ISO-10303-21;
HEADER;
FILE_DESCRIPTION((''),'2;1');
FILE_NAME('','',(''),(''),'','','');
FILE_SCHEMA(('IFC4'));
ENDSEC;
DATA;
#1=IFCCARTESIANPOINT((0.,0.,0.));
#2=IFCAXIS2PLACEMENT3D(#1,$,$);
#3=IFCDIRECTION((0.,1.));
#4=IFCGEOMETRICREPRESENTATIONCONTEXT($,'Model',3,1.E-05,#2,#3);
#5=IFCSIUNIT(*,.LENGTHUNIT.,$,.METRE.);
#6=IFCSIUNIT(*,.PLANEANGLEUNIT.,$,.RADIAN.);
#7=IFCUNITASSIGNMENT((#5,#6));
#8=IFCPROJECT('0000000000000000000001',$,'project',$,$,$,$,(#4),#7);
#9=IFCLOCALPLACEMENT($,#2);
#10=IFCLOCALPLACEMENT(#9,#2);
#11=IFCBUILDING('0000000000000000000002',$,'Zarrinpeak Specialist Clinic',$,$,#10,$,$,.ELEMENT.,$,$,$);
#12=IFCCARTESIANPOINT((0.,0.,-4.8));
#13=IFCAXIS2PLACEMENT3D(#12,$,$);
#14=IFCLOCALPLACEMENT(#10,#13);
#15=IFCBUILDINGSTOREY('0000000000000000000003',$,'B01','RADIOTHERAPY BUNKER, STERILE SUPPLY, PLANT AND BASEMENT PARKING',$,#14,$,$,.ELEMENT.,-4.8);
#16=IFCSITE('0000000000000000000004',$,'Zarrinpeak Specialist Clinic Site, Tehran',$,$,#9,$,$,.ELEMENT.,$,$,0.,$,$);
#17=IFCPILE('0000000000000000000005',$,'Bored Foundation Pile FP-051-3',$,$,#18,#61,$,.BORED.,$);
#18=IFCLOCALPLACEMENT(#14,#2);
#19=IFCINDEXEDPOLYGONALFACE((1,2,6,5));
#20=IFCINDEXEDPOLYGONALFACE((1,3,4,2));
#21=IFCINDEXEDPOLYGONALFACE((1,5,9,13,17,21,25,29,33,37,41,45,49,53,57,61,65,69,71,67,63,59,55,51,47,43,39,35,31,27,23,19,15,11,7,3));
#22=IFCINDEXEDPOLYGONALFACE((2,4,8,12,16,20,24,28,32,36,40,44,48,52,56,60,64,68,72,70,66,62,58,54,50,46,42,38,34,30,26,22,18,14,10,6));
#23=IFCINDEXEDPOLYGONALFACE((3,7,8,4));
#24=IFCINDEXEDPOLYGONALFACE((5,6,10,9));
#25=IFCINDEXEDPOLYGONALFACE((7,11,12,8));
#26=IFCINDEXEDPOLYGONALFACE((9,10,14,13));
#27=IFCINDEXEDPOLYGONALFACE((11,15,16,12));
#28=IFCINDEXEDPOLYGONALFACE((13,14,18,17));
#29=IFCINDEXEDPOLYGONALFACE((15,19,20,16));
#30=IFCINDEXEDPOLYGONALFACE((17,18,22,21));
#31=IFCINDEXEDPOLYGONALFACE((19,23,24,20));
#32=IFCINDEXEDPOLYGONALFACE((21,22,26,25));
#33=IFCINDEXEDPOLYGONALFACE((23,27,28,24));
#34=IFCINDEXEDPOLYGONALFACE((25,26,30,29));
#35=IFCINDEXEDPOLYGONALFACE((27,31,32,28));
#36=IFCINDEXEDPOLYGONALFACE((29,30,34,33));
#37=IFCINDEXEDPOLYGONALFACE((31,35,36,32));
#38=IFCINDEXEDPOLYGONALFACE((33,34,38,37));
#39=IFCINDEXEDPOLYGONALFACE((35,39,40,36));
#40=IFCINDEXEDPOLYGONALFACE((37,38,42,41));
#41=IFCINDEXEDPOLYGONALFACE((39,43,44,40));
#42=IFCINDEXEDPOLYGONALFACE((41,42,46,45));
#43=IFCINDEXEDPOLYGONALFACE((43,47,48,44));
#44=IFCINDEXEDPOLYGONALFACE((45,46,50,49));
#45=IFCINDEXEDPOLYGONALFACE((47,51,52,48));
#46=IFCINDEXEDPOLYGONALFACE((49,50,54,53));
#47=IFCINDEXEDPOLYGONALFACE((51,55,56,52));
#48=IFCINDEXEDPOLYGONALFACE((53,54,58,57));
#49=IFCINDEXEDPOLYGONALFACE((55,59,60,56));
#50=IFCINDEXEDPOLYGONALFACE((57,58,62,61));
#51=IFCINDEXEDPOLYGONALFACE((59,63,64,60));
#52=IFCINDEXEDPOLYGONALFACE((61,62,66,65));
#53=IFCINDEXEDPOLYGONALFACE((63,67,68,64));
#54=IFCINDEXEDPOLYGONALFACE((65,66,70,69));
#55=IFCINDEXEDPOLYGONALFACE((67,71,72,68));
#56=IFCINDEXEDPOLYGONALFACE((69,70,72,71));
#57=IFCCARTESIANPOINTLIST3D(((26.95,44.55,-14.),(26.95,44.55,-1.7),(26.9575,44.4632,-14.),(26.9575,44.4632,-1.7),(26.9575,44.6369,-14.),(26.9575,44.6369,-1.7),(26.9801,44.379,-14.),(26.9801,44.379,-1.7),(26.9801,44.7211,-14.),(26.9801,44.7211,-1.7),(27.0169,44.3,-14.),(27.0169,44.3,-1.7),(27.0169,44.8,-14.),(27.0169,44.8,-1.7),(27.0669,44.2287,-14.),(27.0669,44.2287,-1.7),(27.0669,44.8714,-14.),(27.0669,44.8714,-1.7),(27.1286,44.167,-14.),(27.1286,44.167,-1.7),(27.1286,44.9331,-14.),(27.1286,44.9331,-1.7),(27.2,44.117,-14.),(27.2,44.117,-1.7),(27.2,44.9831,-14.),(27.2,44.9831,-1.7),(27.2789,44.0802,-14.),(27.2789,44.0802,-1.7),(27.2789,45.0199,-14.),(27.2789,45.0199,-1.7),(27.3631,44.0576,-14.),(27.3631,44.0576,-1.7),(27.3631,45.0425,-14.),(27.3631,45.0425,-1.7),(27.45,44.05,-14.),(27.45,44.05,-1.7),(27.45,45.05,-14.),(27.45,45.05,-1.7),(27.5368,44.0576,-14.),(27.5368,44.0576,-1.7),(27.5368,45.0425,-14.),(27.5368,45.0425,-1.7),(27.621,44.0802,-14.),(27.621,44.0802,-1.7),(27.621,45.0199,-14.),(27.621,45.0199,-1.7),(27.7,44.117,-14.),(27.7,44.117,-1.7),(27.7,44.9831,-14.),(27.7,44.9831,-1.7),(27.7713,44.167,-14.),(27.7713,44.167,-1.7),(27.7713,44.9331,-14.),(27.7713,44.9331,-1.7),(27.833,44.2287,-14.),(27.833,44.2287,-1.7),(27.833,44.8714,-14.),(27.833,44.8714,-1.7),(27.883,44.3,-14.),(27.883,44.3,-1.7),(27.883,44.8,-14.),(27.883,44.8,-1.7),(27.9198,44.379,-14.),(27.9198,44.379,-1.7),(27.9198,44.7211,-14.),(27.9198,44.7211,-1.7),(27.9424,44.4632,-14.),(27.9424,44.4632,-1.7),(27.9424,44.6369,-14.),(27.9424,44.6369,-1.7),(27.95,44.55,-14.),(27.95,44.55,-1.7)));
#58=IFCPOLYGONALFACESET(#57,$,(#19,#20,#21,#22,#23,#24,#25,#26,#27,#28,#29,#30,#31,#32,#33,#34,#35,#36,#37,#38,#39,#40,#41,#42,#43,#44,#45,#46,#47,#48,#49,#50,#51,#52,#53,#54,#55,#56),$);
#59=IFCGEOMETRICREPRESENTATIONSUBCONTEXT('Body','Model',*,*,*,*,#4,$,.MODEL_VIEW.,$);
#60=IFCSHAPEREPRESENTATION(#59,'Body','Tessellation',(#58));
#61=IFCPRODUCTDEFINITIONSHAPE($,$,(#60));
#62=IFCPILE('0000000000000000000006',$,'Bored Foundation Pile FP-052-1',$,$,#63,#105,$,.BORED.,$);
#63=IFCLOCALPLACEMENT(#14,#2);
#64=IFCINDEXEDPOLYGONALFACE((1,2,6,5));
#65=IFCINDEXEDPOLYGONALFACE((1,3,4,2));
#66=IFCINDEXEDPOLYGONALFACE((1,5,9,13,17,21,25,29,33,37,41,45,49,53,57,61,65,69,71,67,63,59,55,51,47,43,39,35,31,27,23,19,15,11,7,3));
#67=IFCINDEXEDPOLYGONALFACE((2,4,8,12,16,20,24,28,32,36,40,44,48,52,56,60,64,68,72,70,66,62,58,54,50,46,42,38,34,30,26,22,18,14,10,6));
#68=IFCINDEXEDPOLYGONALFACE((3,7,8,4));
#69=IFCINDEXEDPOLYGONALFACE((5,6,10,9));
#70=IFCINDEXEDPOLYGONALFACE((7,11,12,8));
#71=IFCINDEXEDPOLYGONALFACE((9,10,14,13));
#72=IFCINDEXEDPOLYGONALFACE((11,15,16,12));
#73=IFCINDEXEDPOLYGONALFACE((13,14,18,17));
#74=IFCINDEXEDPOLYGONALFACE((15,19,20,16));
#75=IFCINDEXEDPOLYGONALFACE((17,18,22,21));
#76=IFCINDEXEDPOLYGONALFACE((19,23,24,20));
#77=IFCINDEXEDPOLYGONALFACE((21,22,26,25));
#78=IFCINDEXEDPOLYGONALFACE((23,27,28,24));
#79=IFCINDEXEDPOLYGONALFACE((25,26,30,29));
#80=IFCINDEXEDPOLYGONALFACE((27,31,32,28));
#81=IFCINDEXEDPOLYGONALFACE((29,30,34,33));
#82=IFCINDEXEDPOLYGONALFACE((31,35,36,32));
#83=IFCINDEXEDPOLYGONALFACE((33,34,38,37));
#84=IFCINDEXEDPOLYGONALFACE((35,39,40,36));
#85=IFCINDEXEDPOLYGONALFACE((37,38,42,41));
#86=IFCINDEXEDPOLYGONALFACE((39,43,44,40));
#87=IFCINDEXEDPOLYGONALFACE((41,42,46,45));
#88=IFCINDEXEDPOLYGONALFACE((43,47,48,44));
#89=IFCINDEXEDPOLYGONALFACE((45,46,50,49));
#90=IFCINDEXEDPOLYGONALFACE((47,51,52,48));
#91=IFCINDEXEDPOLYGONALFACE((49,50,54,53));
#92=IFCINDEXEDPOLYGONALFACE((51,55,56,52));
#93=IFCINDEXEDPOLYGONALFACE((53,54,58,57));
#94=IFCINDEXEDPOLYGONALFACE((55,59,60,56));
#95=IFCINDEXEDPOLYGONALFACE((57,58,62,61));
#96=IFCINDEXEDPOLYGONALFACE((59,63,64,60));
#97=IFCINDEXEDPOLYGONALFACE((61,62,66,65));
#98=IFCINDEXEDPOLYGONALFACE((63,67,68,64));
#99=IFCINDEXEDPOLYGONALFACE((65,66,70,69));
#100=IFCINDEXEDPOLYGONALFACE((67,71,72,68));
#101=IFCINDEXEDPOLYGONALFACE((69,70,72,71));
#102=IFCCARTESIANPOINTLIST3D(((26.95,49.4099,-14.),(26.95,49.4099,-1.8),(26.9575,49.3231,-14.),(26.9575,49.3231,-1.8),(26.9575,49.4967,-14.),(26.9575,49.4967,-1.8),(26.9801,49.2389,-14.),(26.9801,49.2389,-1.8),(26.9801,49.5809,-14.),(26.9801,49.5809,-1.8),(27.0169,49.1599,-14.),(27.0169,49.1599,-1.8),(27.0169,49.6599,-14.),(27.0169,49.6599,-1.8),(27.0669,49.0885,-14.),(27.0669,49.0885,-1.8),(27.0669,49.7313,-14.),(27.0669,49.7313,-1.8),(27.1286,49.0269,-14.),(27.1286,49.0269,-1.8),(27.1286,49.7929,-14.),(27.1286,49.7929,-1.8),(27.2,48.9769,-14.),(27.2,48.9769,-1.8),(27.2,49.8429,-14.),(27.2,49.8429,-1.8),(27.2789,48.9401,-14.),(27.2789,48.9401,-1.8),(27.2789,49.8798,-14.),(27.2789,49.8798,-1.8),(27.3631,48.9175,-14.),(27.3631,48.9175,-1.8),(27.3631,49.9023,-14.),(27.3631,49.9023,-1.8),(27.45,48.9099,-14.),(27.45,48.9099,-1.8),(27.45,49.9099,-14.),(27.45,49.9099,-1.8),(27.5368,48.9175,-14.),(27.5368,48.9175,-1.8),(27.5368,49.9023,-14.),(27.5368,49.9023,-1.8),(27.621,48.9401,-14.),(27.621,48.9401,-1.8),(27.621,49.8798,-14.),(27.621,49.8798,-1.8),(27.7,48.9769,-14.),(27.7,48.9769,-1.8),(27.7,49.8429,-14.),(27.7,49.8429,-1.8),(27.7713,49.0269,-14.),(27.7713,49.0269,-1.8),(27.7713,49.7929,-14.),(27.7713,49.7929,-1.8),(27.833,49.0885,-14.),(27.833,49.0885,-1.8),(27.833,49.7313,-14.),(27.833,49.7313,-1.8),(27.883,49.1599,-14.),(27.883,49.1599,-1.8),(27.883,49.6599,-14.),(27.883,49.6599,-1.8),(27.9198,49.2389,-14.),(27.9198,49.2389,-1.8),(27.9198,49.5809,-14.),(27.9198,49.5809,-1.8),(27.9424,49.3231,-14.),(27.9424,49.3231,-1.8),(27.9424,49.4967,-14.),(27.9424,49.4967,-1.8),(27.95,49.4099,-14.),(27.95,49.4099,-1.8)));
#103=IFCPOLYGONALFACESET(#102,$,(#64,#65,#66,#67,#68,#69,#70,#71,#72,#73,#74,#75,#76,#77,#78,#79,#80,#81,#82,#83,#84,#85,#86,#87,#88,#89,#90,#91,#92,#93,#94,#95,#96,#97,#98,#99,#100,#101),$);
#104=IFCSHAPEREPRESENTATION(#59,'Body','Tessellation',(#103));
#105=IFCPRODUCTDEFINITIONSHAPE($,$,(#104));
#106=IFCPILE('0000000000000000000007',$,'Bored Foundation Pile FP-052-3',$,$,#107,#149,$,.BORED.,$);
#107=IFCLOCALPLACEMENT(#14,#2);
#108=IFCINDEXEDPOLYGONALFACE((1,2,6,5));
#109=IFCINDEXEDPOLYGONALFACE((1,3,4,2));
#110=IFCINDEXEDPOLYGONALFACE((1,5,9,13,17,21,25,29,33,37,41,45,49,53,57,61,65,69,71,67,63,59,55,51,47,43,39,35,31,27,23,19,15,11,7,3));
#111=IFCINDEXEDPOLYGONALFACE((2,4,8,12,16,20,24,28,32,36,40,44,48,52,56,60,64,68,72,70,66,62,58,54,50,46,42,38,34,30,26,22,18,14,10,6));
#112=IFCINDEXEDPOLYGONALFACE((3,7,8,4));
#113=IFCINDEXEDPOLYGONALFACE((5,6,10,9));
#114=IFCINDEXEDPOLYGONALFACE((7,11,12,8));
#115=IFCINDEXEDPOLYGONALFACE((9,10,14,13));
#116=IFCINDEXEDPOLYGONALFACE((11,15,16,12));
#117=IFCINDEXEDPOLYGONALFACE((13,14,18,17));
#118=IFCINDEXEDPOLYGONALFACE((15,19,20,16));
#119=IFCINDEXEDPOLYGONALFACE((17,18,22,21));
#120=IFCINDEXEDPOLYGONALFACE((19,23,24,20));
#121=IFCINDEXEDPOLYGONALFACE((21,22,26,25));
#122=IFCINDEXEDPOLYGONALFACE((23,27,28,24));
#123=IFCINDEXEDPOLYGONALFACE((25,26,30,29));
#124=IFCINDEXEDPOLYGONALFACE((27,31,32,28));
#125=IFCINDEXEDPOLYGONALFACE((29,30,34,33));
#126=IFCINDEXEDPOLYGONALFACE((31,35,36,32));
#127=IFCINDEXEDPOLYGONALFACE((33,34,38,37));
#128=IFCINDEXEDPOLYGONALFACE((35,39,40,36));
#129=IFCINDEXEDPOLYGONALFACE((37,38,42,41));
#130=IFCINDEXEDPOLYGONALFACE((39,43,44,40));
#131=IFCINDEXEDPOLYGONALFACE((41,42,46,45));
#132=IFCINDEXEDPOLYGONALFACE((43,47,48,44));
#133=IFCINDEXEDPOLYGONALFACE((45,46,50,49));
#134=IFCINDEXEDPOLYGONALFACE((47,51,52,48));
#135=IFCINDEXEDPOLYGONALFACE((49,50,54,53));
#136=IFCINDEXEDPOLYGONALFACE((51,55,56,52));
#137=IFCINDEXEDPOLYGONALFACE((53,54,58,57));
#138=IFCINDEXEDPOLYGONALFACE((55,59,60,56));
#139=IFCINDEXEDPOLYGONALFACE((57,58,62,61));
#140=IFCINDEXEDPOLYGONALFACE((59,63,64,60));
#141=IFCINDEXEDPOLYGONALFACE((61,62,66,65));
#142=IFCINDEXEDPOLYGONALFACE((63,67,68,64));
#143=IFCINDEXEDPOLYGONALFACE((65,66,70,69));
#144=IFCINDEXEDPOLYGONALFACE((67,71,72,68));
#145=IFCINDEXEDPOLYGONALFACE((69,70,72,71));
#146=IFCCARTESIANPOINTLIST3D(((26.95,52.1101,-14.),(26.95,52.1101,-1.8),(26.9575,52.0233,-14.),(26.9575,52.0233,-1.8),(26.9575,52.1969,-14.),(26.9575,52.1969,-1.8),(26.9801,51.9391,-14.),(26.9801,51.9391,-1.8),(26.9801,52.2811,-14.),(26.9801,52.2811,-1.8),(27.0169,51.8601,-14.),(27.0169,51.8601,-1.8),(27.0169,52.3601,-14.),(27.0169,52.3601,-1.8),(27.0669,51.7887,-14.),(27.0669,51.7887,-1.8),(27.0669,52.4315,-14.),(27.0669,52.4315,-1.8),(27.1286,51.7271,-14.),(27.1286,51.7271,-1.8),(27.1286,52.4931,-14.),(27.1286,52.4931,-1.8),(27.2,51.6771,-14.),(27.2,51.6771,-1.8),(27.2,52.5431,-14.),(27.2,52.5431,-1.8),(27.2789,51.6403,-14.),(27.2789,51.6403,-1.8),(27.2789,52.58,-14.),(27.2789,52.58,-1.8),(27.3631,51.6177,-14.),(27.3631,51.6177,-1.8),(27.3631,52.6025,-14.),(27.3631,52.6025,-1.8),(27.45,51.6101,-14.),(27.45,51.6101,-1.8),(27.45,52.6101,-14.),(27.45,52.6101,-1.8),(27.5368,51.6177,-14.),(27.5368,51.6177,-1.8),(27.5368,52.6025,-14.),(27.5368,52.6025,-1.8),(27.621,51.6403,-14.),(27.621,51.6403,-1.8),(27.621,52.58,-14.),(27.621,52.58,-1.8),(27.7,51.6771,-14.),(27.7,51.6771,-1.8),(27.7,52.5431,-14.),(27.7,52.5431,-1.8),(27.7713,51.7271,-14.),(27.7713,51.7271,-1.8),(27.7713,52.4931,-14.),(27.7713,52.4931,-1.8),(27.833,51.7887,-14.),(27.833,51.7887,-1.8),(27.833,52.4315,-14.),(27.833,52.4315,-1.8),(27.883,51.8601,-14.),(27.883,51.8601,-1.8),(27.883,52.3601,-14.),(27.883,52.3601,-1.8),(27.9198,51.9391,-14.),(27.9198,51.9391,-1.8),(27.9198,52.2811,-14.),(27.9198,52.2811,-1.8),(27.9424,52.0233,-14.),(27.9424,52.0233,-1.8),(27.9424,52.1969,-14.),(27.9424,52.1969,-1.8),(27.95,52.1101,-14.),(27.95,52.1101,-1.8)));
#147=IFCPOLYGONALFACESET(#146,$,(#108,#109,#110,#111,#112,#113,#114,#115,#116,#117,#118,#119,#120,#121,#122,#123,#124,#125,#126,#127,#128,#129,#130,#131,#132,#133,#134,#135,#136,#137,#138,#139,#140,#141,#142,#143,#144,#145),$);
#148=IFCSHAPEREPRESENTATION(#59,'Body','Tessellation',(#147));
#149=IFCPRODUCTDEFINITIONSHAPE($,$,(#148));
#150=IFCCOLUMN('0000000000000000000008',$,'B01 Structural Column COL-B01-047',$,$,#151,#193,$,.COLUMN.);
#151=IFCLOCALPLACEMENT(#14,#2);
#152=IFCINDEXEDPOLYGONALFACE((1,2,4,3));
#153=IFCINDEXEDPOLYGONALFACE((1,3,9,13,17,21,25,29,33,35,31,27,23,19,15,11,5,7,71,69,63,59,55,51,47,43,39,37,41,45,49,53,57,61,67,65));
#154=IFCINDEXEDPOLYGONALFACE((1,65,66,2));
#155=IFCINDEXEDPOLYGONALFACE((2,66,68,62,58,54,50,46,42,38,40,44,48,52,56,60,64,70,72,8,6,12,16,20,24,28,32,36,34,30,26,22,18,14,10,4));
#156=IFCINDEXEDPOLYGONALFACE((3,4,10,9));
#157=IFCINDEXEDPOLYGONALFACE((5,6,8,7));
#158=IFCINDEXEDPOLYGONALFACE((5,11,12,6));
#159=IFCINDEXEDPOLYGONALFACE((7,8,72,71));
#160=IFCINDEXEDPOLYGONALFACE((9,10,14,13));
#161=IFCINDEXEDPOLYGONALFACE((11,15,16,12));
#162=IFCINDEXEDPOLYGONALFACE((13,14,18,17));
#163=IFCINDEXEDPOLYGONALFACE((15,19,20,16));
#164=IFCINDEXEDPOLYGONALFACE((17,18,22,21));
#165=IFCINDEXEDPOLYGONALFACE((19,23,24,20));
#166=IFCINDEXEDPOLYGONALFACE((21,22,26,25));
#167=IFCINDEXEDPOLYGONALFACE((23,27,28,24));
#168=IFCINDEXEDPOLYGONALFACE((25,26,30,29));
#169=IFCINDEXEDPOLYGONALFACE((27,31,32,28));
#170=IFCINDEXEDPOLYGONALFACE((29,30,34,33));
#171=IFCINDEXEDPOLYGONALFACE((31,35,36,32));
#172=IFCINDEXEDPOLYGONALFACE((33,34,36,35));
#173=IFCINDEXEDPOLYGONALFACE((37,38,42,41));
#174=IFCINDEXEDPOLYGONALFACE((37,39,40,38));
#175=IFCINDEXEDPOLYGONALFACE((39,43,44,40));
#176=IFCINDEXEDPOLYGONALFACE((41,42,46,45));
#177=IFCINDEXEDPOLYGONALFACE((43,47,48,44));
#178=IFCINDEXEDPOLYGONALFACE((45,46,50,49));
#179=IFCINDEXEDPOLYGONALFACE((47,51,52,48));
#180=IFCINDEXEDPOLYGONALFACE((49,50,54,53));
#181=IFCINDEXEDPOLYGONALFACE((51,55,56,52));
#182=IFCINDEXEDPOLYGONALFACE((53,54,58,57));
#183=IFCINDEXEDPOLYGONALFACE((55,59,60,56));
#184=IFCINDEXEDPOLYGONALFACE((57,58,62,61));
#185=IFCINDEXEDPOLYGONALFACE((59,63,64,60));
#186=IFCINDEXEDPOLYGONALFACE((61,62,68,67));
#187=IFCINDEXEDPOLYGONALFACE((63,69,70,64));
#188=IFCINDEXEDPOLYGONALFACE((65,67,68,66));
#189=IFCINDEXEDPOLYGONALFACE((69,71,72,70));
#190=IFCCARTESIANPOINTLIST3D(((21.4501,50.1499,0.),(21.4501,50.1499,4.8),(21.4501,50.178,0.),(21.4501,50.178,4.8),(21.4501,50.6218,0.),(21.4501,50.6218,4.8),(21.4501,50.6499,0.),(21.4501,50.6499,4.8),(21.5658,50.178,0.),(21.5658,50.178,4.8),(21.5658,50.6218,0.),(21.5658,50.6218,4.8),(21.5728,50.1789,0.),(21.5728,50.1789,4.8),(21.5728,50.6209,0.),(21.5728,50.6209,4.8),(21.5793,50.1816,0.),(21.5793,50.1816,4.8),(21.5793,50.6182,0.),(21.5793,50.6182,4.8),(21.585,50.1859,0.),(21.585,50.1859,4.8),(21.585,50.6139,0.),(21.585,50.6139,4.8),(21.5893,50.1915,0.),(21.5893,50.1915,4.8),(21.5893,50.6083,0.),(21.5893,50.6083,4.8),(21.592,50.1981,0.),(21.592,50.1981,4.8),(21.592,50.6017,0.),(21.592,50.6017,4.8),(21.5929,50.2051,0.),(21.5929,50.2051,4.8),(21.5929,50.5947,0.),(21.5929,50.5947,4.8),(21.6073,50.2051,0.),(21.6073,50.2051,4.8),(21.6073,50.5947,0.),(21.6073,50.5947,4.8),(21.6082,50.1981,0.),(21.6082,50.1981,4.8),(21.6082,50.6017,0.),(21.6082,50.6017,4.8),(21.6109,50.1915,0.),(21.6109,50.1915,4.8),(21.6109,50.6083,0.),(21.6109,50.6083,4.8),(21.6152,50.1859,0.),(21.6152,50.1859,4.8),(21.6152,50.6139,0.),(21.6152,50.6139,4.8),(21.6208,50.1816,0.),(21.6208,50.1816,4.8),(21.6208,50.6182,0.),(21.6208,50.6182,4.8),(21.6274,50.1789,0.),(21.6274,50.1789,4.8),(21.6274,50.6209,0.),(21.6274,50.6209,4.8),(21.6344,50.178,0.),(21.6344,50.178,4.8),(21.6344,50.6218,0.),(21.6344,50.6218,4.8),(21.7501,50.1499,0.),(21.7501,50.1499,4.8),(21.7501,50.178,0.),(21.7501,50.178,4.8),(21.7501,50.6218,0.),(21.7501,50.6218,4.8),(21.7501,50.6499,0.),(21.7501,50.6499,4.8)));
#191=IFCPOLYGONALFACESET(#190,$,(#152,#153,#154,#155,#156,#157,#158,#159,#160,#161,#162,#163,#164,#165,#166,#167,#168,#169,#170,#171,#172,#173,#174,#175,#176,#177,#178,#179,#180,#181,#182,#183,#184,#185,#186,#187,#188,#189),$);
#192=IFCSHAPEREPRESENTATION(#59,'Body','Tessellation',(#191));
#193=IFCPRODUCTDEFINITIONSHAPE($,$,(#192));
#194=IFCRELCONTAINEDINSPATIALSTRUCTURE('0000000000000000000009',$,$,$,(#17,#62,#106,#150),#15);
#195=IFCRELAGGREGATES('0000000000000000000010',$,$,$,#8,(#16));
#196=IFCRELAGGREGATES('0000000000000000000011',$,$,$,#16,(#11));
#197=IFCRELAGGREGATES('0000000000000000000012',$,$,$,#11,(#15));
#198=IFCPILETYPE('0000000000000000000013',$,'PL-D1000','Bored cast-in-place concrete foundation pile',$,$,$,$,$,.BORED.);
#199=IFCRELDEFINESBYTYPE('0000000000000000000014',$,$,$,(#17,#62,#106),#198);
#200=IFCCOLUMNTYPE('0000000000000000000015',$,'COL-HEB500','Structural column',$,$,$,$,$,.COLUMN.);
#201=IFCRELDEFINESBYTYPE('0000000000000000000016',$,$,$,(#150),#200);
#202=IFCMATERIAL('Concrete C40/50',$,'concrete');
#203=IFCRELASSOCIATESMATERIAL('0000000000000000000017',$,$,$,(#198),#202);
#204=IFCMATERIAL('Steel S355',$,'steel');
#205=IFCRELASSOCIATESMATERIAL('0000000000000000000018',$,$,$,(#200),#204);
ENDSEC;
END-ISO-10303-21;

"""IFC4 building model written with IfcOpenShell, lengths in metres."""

from ifc_helpers import new_model, si_unit, direction, frame, origin, origin_2d, place, context, subcontext, project, spatial, circle, i_section, extrude, material, material_profile, profile_set, type_object, element, save


model = new_model("IFC4")

# Units and contexts
model_context = context("Model", 3, precision=1e-05, world=origin(), true_north=direction((0.0, 1.0)))
body_context = subcontext(model_context, "Body", "Model", "MODEL_VIEW")
ifc_project = project(units=[si_unit("LENGTHUNIT", "METRE"), si_unit("PLANEANGLEUNIT", "RADIAN")], contexts=[model_context])

# Site, building, storey
site_placement = place(None, origin())
site = spatial("IfcSite", under=ifc_project, at=site_placement, Name="Zarrinpeak Specialist Clinic Site, Tehran", CompositionType="ELEMENT", RefElevation=0.0)
building_placement = place(site_placement, origin())
building = spatial("IfcBuilding", under=site, at=building_placement, Name="Zarrinpeak Specialist Clinic", CompositionType="ELEMENT")
storey_placement = place(building_placement, frame((0.0, 0.0, -4.8)))
storey = spatial("IfcBuildingStorey", under=building, at=storey_placement, Name="B01", Description="RADIOTHERAPY BUNKER, STERILE SUPPLY, PLANT AND BASEMENT PARKING", CompositionType="ELEMENT", Elevation=-4.8)

# Shared definitions
ifc_material_1 = material(Name="Concrete C40/50", Category="concrete")

# Piles
ifc_material_profile_1 = material_profile(ifc_material_1, circle(Radius=0.5, at=origin_2d()), Name="BORED PILE D1000")
ifc_profile_set_1 = profile_set([ifc_material_profile_1], Name="Concrete C40/50")
pile_type = type_object("IfcPileType", Name="PL-D1000", Description="Bored cast-in-place concrete foundation pile", PredefinedType="BORED", material=ifc_profile_set_1)
pile_1_placement = place(storey_placement, frame((27.45, 44.55, -1.7), z_axis=(0.0, 0.0, -1.0), x_axis=(1.0, 0.0, 0.0)))
element("IfcPile", 1, at=pile_1_placement, inside=storey, type_object=pile_type, Name="Bored Foundation Pile FP-051-3", PredefinedType="BORED", context=body_context, shape_type="SweptSolid", body=[
    extrude(circle(Radius=0.5, at=origin_2d()), origin(), (0.0, 0.0, 1.0), 12.3),
])
for number, where, z_axis, x_axis, name in (
    (2, (27.45, 49.4099, -1.8), (0.0, 0.0, -1.0), (1.0, 0.0, 0.0), "Bored Foundation Pile FP-052-1"),
    (3, (27.45, 52.1101, -1.8), (0.0, 0.0, -1.0), (1.0, 0.0, 0.0), "Bored Foundation Pile FP-052-3"),
):
    element("IfcPile", number, at=place(storey_placement, frame(where, z_axis=z_axis, x_axis=x_axis)), inside=storey, type_object=pile_type, Name=name, PredefinedType="BORED", context=body_context, shape_type="SweptSolid", body=[
        extrude(circle(Radius=0.5, at=origin_2d()), origin(), (0.0, 0.0, 1.0), 12.2),
    ])

# Column
ifc_material_2 = material(Name="Steel S355", Category="steel")
ifc_material_profile_2 = material_profile(ifc_material_2, i_section(OverallWidth=0.3, OverallDepth=0.5, WebThickness=0.0144, FlangeThickness=0.0281, FilletRadius=0.0271, at=origin_2d()), Name="HEB 500")
ifc_profile_set_2 = profile_set([ifc_material_profile_2], Name="Steel S355")
column_type_1 = type_object("IfcColumnType", Name="COL-HEB500", Description="Structural column", PredefinedType="COLUMN", material=ifc_profile_set_2)
for number, where, z_axis, x_axis, name in (
    (4, (21.6001, 50.3999, 0.0), (0.0, 0.0, 1.0), (1.0, 0.0, 0.0), "B01 Structural Column COL-B01-047"),
):
    element("IfcColumn", number, at=place(storey_placement, frame(where, z_axis=z_axis, x_axis=x_axis)), inside=storey, type_object=column_type_1, Name=name, PredefinedType="COLUMN", context=body_context, shape_type="SweptSolid", body=[
        extrude(i_section(OverallWidth=0.3, OverallDepth=0.5, WebThickness=0.0144, FlangeThickness=0.0281, FilletRadius=0.0271, at=origin_2d()), origin(), (0.0, 0.0, 1.0), 4.8),
    ])

save(model, "model.ifc")
